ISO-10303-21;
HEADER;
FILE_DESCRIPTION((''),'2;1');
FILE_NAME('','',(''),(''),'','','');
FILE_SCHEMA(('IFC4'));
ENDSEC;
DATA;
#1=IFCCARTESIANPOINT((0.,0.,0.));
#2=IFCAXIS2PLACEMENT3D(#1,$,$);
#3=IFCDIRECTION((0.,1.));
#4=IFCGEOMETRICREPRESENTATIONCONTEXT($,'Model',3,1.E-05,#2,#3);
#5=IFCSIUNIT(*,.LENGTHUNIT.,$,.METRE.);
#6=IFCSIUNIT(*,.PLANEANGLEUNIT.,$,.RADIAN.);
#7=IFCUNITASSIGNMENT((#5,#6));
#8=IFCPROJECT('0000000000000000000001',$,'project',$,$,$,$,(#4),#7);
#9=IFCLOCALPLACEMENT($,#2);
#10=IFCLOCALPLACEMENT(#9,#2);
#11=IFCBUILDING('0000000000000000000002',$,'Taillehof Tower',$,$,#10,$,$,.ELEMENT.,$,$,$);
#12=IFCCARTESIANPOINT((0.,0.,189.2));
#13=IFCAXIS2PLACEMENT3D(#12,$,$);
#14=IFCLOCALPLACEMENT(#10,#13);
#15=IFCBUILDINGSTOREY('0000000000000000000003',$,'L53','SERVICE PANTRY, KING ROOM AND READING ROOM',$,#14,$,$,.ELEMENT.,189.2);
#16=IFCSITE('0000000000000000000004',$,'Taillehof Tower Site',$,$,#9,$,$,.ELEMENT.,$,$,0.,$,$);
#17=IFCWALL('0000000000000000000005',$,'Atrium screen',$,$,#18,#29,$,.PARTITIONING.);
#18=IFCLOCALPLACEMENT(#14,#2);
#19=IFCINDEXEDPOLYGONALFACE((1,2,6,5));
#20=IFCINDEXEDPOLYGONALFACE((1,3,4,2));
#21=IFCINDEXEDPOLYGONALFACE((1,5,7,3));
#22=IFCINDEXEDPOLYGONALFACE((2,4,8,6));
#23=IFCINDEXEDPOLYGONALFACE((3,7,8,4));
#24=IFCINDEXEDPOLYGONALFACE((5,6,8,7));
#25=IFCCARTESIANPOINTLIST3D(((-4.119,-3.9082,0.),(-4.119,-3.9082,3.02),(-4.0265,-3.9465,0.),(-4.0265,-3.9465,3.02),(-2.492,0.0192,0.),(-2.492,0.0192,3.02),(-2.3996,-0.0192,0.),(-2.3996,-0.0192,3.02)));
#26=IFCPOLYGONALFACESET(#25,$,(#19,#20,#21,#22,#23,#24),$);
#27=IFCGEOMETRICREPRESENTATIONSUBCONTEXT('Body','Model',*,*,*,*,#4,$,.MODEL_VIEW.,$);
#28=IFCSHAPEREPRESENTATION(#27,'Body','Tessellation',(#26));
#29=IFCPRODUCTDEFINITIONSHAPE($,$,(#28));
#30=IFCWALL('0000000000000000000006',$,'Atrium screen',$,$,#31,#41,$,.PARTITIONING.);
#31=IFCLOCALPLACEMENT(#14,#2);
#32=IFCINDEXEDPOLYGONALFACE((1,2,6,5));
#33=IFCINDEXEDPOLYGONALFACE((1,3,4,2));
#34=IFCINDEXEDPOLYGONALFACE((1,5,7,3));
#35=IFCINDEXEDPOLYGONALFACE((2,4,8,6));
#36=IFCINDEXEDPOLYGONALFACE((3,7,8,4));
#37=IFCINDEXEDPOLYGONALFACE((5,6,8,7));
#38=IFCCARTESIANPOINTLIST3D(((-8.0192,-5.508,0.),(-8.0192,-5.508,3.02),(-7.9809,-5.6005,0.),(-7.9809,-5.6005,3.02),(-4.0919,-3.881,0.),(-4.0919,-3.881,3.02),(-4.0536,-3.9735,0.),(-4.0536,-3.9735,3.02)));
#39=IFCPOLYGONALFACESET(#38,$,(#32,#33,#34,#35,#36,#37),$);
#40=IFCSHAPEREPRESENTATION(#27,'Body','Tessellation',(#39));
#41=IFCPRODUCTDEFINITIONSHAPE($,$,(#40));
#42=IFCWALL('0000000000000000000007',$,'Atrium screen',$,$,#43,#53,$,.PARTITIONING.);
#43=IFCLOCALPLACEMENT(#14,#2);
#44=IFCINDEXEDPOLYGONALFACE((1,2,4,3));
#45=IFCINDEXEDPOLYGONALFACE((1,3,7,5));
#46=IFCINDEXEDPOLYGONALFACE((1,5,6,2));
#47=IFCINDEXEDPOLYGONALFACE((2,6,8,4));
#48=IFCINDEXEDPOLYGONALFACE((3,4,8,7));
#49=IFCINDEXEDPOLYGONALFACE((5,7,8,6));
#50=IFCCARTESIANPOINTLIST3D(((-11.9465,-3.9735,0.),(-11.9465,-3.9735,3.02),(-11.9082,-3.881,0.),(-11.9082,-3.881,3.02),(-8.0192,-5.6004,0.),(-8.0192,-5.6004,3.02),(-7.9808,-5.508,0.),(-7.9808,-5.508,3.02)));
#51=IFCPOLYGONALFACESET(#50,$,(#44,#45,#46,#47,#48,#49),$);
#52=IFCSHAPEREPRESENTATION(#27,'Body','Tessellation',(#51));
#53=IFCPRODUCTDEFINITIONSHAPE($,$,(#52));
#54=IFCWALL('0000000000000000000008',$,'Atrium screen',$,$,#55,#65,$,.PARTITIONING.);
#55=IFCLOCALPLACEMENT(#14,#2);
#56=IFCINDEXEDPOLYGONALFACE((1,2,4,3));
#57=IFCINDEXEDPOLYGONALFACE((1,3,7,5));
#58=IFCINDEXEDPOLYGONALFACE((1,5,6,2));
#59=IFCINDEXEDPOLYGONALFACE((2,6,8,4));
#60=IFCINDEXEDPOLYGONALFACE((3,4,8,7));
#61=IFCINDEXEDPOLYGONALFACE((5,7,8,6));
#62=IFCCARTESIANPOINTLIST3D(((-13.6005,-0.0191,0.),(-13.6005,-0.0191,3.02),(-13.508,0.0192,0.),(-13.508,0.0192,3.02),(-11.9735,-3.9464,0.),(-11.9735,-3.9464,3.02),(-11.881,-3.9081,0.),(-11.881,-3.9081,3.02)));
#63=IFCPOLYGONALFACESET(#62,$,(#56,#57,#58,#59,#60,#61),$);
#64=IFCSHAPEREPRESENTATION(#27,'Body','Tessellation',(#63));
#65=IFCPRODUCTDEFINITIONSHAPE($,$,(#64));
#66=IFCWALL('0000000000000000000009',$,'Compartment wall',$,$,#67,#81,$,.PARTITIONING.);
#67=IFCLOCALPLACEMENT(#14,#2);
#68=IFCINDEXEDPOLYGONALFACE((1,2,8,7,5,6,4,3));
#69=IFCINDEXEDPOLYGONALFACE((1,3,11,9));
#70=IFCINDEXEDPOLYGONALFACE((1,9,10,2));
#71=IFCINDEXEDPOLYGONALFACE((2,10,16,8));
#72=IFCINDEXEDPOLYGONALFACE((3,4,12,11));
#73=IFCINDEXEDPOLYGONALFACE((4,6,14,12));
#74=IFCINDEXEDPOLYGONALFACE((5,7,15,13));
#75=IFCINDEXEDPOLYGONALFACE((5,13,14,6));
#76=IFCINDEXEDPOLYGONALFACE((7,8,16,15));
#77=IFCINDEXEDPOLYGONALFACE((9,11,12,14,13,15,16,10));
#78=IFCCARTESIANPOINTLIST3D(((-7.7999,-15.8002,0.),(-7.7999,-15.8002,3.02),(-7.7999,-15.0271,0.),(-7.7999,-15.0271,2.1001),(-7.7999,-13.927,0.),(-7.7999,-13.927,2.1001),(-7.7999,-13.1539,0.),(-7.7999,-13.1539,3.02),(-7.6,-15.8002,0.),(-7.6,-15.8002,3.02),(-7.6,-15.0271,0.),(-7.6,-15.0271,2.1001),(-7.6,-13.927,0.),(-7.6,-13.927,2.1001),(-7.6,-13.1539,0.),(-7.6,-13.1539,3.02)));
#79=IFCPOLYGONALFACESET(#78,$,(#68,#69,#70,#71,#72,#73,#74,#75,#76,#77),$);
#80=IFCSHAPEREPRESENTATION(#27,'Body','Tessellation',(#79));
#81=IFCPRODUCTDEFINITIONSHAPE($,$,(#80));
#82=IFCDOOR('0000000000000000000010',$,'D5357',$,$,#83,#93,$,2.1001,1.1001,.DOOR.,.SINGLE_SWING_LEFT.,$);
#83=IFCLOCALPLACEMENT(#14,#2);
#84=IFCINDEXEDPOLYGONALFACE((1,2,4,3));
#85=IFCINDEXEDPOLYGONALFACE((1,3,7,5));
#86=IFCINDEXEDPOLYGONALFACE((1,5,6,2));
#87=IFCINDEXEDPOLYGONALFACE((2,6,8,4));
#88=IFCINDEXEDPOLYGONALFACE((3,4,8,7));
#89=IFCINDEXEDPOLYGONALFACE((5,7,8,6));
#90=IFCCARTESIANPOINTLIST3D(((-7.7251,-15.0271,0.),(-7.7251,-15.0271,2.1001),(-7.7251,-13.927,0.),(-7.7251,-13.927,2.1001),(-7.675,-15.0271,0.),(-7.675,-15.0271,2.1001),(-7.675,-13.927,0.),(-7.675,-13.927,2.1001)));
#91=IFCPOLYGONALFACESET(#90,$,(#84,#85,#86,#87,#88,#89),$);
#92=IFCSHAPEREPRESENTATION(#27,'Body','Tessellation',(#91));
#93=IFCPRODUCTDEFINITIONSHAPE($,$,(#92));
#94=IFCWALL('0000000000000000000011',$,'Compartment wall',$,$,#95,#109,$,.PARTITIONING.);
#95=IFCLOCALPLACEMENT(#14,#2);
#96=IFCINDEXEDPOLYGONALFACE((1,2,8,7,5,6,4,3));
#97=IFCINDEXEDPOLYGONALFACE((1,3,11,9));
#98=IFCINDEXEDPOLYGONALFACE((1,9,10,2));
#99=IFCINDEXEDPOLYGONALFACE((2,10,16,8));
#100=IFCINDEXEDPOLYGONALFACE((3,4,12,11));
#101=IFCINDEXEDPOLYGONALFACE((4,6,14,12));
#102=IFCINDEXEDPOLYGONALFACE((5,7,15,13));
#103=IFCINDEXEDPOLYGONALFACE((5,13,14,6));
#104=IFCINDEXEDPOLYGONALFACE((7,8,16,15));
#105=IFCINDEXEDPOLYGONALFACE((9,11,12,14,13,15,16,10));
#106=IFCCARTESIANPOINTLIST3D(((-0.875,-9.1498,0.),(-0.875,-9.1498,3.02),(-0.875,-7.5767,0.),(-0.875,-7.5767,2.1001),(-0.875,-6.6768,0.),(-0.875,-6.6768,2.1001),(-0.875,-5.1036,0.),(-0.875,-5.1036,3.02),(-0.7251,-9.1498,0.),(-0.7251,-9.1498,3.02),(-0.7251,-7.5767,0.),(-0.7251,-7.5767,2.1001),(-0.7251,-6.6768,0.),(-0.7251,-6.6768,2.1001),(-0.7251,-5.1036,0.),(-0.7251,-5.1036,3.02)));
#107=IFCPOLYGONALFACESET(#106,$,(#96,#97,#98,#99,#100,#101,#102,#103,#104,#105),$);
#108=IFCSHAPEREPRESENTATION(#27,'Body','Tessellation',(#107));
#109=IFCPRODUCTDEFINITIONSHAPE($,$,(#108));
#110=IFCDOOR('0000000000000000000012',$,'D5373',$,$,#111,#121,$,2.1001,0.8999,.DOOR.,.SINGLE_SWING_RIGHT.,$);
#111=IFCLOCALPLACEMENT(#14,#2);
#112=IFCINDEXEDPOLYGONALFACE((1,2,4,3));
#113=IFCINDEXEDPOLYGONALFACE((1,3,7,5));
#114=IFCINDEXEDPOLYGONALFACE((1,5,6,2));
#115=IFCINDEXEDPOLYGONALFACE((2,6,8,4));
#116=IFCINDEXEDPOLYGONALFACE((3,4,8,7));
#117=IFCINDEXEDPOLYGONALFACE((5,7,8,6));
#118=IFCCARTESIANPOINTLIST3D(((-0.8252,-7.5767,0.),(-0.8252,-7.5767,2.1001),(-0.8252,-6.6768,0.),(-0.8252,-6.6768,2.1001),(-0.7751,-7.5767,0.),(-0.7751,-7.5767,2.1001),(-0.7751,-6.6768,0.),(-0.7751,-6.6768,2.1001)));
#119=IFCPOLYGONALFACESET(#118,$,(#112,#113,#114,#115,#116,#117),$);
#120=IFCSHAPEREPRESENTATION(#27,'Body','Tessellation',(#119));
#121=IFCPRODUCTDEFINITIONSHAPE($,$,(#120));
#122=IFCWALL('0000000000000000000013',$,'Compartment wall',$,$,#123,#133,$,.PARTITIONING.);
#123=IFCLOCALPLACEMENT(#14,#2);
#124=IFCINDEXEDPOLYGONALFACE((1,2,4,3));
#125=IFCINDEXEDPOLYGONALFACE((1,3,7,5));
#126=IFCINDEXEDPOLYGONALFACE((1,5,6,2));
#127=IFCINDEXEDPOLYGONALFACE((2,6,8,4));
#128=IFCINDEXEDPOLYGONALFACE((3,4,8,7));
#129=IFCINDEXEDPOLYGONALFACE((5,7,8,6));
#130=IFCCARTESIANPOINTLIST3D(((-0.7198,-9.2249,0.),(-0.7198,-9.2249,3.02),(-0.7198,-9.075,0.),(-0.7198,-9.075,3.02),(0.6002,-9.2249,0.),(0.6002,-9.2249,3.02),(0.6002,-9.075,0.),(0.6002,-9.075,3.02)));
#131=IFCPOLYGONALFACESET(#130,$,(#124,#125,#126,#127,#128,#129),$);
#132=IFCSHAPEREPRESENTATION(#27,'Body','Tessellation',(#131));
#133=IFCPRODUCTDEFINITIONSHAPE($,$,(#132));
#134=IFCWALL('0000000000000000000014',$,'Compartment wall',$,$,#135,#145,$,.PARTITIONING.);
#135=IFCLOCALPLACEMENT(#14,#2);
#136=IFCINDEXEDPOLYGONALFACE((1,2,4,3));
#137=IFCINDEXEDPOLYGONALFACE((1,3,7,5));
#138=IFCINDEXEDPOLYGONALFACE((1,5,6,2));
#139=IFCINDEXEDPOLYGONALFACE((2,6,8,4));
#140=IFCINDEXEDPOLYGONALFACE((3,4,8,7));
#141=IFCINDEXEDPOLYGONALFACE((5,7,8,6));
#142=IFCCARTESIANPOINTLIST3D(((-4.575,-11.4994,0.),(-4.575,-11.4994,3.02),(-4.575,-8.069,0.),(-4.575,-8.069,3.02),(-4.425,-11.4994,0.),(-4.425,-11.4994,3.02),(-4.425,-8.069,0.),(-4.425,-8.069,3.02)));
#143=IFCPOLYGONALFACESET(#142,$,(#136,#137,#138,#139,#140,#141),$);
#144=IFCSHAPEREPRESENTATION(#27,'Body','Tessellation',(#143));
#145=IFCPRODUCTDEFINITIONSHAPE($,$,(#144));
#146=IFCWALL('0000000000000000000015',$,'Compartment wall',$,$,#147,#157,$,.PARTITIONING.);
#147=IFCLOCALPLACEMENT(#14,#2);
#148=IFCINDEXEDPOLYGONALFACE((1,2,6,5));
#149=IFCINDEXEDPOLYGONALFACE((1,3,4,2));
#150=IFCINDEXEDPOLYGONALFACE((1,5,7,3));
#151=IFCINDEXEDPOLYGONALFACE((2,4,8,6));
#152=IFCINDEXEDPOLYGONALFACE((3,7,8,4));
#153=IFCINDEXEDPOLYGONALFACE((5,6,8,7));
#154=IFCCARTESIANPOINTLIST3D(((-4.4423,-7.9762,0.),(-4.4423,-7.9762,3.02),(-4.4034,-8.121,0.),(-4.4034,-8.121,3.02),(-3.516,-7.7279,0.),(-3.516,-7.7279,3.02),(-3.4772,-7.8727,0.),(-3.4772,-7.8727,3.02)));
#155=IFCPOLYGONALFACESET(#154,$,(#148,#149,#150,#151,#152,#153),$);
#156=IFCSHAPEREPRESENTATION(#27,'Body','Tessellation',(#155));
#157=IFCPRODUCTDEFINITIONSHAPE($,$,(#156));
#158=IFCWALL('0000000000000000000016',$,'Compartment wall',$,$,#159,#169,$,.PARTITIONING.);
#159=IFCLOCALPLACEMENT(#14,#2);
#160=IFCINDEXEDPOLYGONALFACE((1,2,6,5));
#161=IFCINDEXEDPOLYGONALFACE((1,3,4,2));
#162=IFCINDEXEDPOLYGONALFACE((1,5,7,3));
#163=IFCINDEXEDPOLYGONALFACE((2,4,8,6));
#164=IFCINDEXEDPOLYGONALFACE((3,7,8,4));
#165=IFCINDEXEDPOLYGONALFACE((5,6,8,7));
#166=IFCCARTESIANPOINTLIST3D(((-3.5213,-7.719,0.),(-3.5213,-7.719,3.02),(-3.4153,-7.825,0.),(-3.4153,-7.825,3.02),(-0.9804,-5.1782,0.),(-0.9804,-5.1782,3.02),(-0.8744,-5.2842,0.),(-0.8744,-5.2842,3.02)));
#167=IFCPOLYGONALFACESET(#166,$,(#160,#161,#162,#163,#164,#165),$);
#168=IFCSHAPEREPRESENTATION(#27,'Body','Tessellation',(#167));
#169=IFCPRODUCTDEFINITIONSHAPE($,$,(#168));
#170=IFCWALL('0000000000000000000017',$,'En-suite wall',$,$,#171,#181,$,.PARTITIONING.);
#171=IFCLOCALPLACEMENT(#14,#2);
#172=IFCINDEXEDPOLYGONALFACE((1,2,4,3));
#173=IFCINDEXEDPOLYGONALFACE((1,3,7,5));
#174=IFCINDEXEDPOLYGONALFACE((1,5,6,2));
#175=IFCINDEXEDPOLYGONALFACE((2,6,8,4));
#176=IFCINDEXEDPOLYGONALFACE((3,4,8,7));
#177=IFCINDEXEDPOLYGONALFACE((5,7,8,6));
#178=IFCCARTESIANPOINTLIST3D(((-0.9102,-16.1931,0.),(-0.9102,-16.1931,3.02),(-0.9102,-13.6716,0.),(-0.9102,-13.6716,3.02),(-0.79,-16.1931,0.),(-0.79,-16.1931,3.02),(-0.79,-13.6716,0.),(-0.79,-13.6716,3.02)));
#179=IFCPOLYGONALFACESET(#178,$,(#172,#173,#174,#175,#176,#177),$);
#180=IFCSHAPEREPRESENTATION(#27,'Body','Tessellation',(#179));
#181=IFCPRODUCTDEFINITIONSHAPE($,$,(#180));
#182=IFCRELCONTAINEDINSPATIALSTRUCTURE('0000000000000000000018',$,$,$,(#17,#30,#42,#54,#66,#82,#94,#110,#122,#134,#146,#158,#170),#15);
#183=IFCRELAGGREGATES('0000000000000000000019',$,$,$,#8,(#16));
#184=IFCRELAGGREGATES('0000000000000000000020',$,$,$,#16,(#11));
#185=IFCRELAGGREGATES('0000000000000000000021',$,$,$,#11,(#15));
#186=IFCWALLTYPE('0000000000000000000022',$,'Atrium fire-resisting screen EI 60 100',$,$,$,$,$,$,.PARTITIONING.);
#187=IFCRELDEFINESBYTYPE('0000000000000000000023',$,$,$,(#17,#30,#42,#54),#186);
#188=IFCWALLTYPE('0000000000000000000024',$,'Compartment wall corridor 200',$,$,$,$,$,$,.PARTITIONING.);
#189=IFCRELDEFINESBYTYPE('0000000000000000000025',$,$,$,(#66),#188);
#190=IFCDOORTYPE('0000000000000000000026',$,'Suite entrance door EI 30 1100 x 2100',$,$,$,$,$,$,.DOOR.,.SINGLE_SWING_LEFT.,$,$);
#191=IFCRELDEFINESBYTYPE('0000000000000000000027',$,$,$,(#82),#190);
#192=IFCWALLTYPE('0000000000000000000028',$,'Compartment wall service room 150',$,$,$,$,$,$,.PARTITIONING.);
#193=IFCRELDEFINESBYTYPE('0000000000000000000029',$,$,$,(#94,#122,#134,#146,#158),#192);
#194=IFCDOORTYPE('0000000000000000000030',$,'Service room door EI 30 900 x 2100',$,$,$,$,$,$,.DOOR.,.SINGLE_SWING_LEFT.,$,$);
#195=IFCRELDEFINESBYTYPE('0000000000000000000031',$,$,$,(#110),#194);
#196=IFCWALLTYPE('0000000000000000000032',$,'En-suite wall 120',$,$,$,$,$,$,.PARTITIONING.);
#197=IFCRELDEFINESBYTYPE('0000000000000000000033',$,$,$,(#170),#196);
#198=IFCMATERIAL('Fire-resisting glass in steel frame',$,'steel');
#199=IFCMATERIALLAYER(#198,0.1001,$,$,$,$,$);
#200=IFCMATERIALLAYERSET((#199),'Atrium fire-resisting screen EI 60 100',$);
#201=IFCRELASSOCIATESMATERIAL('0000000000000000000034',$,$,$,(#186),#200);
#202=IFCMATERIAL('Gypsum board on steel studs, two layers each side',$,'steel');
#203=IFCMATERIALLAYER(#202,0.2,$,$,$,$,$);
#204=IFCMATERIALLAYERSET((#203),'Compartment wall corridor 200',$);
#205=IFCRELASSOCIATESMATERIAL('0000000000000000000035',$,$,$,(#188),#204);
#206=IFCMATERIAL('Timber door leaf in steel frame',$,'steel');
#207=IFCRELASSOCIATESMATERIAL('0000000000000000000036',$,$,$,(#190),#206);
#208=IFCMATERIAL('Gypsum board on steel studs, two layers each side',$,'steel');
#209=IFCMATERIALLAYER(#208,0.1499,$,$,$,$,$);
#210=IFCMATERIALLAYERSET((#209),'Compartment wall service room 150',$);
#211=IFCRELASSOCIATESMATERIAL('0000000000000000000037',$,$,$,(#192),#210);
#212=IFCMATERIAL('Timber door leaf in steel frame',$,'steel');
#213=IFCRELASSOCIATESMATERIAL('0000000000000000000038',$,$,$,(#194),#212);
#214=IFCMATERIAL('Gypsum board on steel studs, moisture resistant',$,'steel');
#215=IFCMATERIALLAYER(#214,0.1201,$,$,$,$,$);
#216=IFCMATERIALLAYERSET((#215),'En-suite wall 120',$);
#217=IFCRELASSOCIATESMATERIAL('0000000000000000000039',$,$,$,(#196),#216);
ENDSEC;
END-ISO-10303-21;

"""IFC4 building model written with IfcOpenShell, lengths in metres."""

from ifc_helpers import new_model, si_unit, direction, frame, frame_2d, origin, place, context, subcontext, project, spatial, rectangle, extrude, material, layer, layer_set, type_object, element, fill, save


model = new_model("IFC4")

# Units and contexts
model_context = context("Model", 3, precision=1e-05, world=origin(), true_north=direction((0.0, 1.0)))
body_context = subcontext(model_context, "Body", "Model", "MODEL_VIEW")
ifc_project = project(units=[si_unit("LENGTHUNIT", "METRE"), si_unit("PLANEANGLEUNIT", "RADIAN")], contexts=[model_context])

# Site, building, storey
site_placement = place(None, origin())
site = spatial("IfcSite", under=ifc_project, at=site_placement, Name="Taillehof Tower Site", CompositionType="ELEMENT", RefElevation=0.0)
building_placement = place(site_placement, origin())
building = spatial("IfcBuilding", under=site, at=building_placement, Name="Taillehof Tower", CompositionType="ELEMENT")
storey_placement = place(building_placement, frame((0.0, 0.0, 189.2)))
storey = spatial("IfcBuildingStorey", under=building, at=storey_placement, Name="L53", Description="SERVICE PANTRY, KING ROOM AND READING ROOM", CompositionType="ELEMENT", Elevation=189.2)

# Walls
ifc_material_1 = material(Name="Fire-resisting glass in steel frame", Category="steel")
ifc_layer_1 = layer(ifc_material_1, 0.1001)
ifc_layer_set_1 = layer_set([ifc_layer_1], Name="Atrium fire-resisting screen EI 60 100")
wall_type_1 = type_object("IfcWallType", Name="Atrium fire-resisting screen EI 60 100", PredefinedType="PARTITIONING", material=ifc_layer_set_1)
for number, where, z_axis, x_axis, name in (
    (1, (-2.4458, 0.0, 0.0), (0.0, 0.0, 1.0), (-0.382731, -0.92386, 0.0), "Atrium screen"),
    (2, (-4.0728, -3.9272, 0.0), (0.0, 0.0, 1.0), (-0.92386, -0.382731, 0.0), "Atrium screen"),
    (3, (-8.0, -5.5542, 0.0), (0.0, 0.0, 1.0), (-0.92386, 0.382731, 0.0), "Atrium screen"),
    (4, (-11.9272, -3.9272, 0.0), (0.0, 0.0, 1.0), (-0.382731, 0.92386, 0.0), "Atrium screen"),
):
    element("IfcWall", number, at=place(storey_placement, frame(where, z_axis=z_axis, x_axis=x_axis)), inside=storey, type_object=wall_type_1, Name=name, PredefinedType="PARTITIONING", context=body_context, shape_type="SweptSolid", body=[
        extrude(rectangle(XDim=4.251, YDim=0.1001, at=frame_2d((2.1255, 0.0))), origin(), (0.0, 0.0, 1.0), 3.02),
    ])

# Walls, openings, doors
ifc_material_2 = material(Name="Gypsum board on steel studs, two layers each side", Category="steel")
ifc_layer_2 = layer(ifc_material_2, 0.2)
ifc_layer_set_2 = layer_set([ifc_layer_2], Name="Compartment wall corridor 200")
wall_type_2 = type_object("IfcWallType", Name="Compartment wall corridor 200", PredefinedType="PARTITIONING", material=ifc_layer_set_2)
wall_1_placement = place(storey_placement, frame((-7.7, -13.1538, 0.0), z_axis=(0.0, 0.0, 1.0), x_axis=(0.0, -1.0, 0.0)))
wall_1 = element("IfcWall", 5, at=wall_1_placement, inside=storey, type_object=wall_type_2, Name="Compartment wall", PredefinedType="PARTITIONING", context=body_context, shape_type="SweptSolid", body=[
    extrude(rectangle(XDim=2.6462, YDim=0.2, at=frame_2d((1.3232, 0.0))), origin(), (0.0, 0.0, 1.0), 3.02),
])
opening_1_placement = place(wall_1_placement, frame((0.7732, 0.0, 0.0)))
opening_1 = element("IfcOpeningElement", 6, at=opening_1_placement, cuts=wall_1, PredefinedType="OPENING", context=body_context, shape_type="SweptSolid", body=[
    extrude(rectangle(XDim=1.1001, YDim=2.1001, at=frame_2d((0.55, 1.05))), frame((0.0, 0.1099, 0.0), z_axis=(0.0, -1.0, 0.0), x_axis=(1.0, 0.0, 0.0)), (0.0, 0.0, 1.0), 0.22),
])
ifc_material_3 = material(Name="Timber door leaf in steel frame", Category="steel")
door_type_1 = type_object("IfcDoorType", Name="Suite entrance door EI 30 1100 x 2100", OperationType="SINGLE_SWING_LEFT", PredefinedType="DOOR", material=ifc_material_3)
door_1_placement = place(opening_1_placement, origin())
door_1 = element("IfcDoor", 7, at=door_1_placement, inside=storey, type_object=door_type_1, Name="D5357", OperationType="SINGLE_SWING_LEFT", OverallHeight=2.1001, OverallWidth=1.1001, PredefinedType="DOOR", context=body_context, shape_type="SweptSolid", body=[
    extrude(rectangle(XDim=1.1001, YDim=2.1001, at=frame_2d((0.55, 1.05))), frame((0.0, 0.0249, 0.0), z_axis=(0.0, -1.0, 0.0), x_axis=(1.0, 0.0, 0.0)), (0.0, 0.0, 1.0), 0.05),
])
fill(opening_1, door_1)
ifc_material_4 = material(Name="Gypsum board on steel studs, two layers each side", Category="steel")
ifc_layer_3 = layer(ifc_material_4, 0.1499)
ifc_layer_set_3 = layer_set([ifc_layer_3], Name="Compartment wall service room 150")
wall_type_3 = type_object("IfcWallType", Name="Compartment wall service room 150", PredefinedType="PARTITIONING", material=ifc_layer_set_3)
wall_2_placement = place(storey_placement, frame((-0.8, -5.1038, 0.0), z_axis=(0.0, 0.0, 1.0), x_axis=(0.0, -1.0, 0.0)))
wall_2 = element("IfcWall", 8, at=wall_2_placement, inside=storey, type_object=wall_type_3, Name="Compartment wall", PredefinedType="PARTITIONING", context=body_context, shape_type="SweptSolid", body=[
    extrude(rectangle(XDim=4.0461, YDim=0.1499, at=frame_2d((2.0229, 0.0))), origin(), (0.0, 0.0, 1.0), 3.02),
])
opening_2_placement = place(wall_2_placement, frame((1.573, 0.0, 0.0)))
opening_2 = element("IfcOpeningElement", 9, at=opening_2_placement, cuts=wall_2, PredefinedType="OPENING", context=body_context, shape_type="SweptSolid", body=[
    extrude(rectangle(XDim=0.8999, YDim=2.1001, at=frame_2d((0.45, 1.05))), frame((0.0, 0.085, 0.0), z_axis=(0.0, -1.0, 0.0), x_axis=(1.0, 0.0, 0.0)), (0.0, 0.0, 1.0), 0.1699),
])
ifc_material_5 = material(Name="Timber door leaf in steel frame", Category="steel")
door_type_2 = type_object("IfcDoorType", Name="Service room door EI 30 900 x 2100", OperationType="SINGLE_SWING_LEFT", PredefinedType="DOOR", material=ifc_material_5)
door_2_placement = place(opening_2_placement, origin())
door_2 = element("IfcDoor", 10, at=door_2_placement, inside=storey, type_object=door_type_2, Name="D5373", OperationType="SINGLE_SWING_RIGHT", OverallHeight=2.1001, OverallWidth=0.8999, PredefinedType="DOOR", context=body_context, shape_type="SweptSolid", body=[
    extrude(rectangle(XDim=0.8999, YDim=2.1001, at=frame_2d((0.45, 1.05))), frame((0.0, 0.0249, 0.0), z_axis=(0.0, -1.0, 0.0), x_axis=(1.0, 0.0, 0.0)), (0.0, 0.0, 1.0), 0.05),
])
fill(opening_2, door_2)

# Walls
wall_3_placement = place(storey_placement, frame((-0.72, -9.1499, 0.0), z_axis=(0.0, 0.0, 1.0), x_axis=(1.0, 0.0, 0.0)))
element("IfcWall", 11, at=wall_3_placement, inside=storey, type_object=wall_type_3, Name="Compartment wall", PredefinedType="PARTITIONING", context=body_context, shape_type="SweptSolid", body=[
    extrude(rectangle(XDim=1.3201, YDim=0.1499, at=frame_2d((0.6602, 0.0))), origin(), (0.0, 0.0, 1.0), 3.02),
])
wall_4_placement = place(storey_placement, frame((-4.5, -11.4995, 0.0), z_axis=(0.0, 0.0, 1.0), x_axis=(0.0, 1.0, 0.0)))
element("IfcWall", 12, at=wall_4_placement, inside=storey, type_object=wall_type_3, Name="Compartment wall", PredefinedType="PARTITIONING", context=body_context, shape_type="SweptSolid", body=[
    extrude(rectangle(XDim=3.4304, YDim=0.1499, at=frame_2d((1.7153, 0.0))), origin(), (0.0, 0.0, 1.0), 3.02),
])
wall_5_placement = place(storey_placement, frame((-4.4229, -8.0486, 0.0), z_axis=(0.0, 0.0, 1.0), x_axis=(0.9659, 0.258914, 0.0)))
element("IfcWall", 13, at=wall_5_placement, inside=storey, type_object=wall_type_3, Name="Compartment wall", PredefinedType="PARTITIONING", context=body_context, shape_type="SweptSolid", body=[
    extrude(rectangle(XDim=0.959, YDim=0.1499, at=frame_2d((0.4795, 0.0))), origin(), (0.0, 0.0, 1.0), 3.02),
])
wall_6_placement = place(storey_placement, frame((-3.4683, -7.772, 0.0), z_axis=(0.0, 0.0, 1.0), x_axis=(0.707107, 0.707107, 0.0)))
element("IfcWall", 14, at=wall_6_placement, inside=storey, type_object=wall_type_3, Name="Compartment wall", PredefinedType="PARTITIONING", context=body_context, shape_type="SweptSolid", body=[
    extrude(rectangle(XDim=3.5933, YDim=0.1499, at=frame_2d((1.7966, 0.0))), origin(), (0.0, 0.0, 1.0), 3.02),
])
ifc_material_6 = material(Name="Gypsum board on steel studs, moisture resistant", Category="steel")
ifc_layer_4 = layer(ifc_material_6, 0.1201)
ifc_layer_set_4 = layer_set([ifc_layer_4], Name="En-suite wall 120")
wall_type_4 = type_object("IfcWallType", Name="En-suite wall 120", PredefinedType="PARTITIONING", material=ifc_layer_set_4)
wall_7_placement = place(storey_placement, frame((-0.8501, -13.6716, 0.0), z_axis=(0.0, 0.0, 1.0), x_axis=(0.0, -1.0, 0.0)))
element("IfcWall", 15, at=wall_7_placement, inside=storey, type_object=wall_type_4, Name="En-suite wall", PredefinedType="PARTITIONING", context=body_context, shape_type="SweptSolid", body=[
    extrude(rectangle(XDim=2.5215, YDim=0.1201, at=frame_2d((1.2607, 0.0))), origin(), (0.0, 0.0, 1.0), 3.02),
])

save(model, "model.ifc")
